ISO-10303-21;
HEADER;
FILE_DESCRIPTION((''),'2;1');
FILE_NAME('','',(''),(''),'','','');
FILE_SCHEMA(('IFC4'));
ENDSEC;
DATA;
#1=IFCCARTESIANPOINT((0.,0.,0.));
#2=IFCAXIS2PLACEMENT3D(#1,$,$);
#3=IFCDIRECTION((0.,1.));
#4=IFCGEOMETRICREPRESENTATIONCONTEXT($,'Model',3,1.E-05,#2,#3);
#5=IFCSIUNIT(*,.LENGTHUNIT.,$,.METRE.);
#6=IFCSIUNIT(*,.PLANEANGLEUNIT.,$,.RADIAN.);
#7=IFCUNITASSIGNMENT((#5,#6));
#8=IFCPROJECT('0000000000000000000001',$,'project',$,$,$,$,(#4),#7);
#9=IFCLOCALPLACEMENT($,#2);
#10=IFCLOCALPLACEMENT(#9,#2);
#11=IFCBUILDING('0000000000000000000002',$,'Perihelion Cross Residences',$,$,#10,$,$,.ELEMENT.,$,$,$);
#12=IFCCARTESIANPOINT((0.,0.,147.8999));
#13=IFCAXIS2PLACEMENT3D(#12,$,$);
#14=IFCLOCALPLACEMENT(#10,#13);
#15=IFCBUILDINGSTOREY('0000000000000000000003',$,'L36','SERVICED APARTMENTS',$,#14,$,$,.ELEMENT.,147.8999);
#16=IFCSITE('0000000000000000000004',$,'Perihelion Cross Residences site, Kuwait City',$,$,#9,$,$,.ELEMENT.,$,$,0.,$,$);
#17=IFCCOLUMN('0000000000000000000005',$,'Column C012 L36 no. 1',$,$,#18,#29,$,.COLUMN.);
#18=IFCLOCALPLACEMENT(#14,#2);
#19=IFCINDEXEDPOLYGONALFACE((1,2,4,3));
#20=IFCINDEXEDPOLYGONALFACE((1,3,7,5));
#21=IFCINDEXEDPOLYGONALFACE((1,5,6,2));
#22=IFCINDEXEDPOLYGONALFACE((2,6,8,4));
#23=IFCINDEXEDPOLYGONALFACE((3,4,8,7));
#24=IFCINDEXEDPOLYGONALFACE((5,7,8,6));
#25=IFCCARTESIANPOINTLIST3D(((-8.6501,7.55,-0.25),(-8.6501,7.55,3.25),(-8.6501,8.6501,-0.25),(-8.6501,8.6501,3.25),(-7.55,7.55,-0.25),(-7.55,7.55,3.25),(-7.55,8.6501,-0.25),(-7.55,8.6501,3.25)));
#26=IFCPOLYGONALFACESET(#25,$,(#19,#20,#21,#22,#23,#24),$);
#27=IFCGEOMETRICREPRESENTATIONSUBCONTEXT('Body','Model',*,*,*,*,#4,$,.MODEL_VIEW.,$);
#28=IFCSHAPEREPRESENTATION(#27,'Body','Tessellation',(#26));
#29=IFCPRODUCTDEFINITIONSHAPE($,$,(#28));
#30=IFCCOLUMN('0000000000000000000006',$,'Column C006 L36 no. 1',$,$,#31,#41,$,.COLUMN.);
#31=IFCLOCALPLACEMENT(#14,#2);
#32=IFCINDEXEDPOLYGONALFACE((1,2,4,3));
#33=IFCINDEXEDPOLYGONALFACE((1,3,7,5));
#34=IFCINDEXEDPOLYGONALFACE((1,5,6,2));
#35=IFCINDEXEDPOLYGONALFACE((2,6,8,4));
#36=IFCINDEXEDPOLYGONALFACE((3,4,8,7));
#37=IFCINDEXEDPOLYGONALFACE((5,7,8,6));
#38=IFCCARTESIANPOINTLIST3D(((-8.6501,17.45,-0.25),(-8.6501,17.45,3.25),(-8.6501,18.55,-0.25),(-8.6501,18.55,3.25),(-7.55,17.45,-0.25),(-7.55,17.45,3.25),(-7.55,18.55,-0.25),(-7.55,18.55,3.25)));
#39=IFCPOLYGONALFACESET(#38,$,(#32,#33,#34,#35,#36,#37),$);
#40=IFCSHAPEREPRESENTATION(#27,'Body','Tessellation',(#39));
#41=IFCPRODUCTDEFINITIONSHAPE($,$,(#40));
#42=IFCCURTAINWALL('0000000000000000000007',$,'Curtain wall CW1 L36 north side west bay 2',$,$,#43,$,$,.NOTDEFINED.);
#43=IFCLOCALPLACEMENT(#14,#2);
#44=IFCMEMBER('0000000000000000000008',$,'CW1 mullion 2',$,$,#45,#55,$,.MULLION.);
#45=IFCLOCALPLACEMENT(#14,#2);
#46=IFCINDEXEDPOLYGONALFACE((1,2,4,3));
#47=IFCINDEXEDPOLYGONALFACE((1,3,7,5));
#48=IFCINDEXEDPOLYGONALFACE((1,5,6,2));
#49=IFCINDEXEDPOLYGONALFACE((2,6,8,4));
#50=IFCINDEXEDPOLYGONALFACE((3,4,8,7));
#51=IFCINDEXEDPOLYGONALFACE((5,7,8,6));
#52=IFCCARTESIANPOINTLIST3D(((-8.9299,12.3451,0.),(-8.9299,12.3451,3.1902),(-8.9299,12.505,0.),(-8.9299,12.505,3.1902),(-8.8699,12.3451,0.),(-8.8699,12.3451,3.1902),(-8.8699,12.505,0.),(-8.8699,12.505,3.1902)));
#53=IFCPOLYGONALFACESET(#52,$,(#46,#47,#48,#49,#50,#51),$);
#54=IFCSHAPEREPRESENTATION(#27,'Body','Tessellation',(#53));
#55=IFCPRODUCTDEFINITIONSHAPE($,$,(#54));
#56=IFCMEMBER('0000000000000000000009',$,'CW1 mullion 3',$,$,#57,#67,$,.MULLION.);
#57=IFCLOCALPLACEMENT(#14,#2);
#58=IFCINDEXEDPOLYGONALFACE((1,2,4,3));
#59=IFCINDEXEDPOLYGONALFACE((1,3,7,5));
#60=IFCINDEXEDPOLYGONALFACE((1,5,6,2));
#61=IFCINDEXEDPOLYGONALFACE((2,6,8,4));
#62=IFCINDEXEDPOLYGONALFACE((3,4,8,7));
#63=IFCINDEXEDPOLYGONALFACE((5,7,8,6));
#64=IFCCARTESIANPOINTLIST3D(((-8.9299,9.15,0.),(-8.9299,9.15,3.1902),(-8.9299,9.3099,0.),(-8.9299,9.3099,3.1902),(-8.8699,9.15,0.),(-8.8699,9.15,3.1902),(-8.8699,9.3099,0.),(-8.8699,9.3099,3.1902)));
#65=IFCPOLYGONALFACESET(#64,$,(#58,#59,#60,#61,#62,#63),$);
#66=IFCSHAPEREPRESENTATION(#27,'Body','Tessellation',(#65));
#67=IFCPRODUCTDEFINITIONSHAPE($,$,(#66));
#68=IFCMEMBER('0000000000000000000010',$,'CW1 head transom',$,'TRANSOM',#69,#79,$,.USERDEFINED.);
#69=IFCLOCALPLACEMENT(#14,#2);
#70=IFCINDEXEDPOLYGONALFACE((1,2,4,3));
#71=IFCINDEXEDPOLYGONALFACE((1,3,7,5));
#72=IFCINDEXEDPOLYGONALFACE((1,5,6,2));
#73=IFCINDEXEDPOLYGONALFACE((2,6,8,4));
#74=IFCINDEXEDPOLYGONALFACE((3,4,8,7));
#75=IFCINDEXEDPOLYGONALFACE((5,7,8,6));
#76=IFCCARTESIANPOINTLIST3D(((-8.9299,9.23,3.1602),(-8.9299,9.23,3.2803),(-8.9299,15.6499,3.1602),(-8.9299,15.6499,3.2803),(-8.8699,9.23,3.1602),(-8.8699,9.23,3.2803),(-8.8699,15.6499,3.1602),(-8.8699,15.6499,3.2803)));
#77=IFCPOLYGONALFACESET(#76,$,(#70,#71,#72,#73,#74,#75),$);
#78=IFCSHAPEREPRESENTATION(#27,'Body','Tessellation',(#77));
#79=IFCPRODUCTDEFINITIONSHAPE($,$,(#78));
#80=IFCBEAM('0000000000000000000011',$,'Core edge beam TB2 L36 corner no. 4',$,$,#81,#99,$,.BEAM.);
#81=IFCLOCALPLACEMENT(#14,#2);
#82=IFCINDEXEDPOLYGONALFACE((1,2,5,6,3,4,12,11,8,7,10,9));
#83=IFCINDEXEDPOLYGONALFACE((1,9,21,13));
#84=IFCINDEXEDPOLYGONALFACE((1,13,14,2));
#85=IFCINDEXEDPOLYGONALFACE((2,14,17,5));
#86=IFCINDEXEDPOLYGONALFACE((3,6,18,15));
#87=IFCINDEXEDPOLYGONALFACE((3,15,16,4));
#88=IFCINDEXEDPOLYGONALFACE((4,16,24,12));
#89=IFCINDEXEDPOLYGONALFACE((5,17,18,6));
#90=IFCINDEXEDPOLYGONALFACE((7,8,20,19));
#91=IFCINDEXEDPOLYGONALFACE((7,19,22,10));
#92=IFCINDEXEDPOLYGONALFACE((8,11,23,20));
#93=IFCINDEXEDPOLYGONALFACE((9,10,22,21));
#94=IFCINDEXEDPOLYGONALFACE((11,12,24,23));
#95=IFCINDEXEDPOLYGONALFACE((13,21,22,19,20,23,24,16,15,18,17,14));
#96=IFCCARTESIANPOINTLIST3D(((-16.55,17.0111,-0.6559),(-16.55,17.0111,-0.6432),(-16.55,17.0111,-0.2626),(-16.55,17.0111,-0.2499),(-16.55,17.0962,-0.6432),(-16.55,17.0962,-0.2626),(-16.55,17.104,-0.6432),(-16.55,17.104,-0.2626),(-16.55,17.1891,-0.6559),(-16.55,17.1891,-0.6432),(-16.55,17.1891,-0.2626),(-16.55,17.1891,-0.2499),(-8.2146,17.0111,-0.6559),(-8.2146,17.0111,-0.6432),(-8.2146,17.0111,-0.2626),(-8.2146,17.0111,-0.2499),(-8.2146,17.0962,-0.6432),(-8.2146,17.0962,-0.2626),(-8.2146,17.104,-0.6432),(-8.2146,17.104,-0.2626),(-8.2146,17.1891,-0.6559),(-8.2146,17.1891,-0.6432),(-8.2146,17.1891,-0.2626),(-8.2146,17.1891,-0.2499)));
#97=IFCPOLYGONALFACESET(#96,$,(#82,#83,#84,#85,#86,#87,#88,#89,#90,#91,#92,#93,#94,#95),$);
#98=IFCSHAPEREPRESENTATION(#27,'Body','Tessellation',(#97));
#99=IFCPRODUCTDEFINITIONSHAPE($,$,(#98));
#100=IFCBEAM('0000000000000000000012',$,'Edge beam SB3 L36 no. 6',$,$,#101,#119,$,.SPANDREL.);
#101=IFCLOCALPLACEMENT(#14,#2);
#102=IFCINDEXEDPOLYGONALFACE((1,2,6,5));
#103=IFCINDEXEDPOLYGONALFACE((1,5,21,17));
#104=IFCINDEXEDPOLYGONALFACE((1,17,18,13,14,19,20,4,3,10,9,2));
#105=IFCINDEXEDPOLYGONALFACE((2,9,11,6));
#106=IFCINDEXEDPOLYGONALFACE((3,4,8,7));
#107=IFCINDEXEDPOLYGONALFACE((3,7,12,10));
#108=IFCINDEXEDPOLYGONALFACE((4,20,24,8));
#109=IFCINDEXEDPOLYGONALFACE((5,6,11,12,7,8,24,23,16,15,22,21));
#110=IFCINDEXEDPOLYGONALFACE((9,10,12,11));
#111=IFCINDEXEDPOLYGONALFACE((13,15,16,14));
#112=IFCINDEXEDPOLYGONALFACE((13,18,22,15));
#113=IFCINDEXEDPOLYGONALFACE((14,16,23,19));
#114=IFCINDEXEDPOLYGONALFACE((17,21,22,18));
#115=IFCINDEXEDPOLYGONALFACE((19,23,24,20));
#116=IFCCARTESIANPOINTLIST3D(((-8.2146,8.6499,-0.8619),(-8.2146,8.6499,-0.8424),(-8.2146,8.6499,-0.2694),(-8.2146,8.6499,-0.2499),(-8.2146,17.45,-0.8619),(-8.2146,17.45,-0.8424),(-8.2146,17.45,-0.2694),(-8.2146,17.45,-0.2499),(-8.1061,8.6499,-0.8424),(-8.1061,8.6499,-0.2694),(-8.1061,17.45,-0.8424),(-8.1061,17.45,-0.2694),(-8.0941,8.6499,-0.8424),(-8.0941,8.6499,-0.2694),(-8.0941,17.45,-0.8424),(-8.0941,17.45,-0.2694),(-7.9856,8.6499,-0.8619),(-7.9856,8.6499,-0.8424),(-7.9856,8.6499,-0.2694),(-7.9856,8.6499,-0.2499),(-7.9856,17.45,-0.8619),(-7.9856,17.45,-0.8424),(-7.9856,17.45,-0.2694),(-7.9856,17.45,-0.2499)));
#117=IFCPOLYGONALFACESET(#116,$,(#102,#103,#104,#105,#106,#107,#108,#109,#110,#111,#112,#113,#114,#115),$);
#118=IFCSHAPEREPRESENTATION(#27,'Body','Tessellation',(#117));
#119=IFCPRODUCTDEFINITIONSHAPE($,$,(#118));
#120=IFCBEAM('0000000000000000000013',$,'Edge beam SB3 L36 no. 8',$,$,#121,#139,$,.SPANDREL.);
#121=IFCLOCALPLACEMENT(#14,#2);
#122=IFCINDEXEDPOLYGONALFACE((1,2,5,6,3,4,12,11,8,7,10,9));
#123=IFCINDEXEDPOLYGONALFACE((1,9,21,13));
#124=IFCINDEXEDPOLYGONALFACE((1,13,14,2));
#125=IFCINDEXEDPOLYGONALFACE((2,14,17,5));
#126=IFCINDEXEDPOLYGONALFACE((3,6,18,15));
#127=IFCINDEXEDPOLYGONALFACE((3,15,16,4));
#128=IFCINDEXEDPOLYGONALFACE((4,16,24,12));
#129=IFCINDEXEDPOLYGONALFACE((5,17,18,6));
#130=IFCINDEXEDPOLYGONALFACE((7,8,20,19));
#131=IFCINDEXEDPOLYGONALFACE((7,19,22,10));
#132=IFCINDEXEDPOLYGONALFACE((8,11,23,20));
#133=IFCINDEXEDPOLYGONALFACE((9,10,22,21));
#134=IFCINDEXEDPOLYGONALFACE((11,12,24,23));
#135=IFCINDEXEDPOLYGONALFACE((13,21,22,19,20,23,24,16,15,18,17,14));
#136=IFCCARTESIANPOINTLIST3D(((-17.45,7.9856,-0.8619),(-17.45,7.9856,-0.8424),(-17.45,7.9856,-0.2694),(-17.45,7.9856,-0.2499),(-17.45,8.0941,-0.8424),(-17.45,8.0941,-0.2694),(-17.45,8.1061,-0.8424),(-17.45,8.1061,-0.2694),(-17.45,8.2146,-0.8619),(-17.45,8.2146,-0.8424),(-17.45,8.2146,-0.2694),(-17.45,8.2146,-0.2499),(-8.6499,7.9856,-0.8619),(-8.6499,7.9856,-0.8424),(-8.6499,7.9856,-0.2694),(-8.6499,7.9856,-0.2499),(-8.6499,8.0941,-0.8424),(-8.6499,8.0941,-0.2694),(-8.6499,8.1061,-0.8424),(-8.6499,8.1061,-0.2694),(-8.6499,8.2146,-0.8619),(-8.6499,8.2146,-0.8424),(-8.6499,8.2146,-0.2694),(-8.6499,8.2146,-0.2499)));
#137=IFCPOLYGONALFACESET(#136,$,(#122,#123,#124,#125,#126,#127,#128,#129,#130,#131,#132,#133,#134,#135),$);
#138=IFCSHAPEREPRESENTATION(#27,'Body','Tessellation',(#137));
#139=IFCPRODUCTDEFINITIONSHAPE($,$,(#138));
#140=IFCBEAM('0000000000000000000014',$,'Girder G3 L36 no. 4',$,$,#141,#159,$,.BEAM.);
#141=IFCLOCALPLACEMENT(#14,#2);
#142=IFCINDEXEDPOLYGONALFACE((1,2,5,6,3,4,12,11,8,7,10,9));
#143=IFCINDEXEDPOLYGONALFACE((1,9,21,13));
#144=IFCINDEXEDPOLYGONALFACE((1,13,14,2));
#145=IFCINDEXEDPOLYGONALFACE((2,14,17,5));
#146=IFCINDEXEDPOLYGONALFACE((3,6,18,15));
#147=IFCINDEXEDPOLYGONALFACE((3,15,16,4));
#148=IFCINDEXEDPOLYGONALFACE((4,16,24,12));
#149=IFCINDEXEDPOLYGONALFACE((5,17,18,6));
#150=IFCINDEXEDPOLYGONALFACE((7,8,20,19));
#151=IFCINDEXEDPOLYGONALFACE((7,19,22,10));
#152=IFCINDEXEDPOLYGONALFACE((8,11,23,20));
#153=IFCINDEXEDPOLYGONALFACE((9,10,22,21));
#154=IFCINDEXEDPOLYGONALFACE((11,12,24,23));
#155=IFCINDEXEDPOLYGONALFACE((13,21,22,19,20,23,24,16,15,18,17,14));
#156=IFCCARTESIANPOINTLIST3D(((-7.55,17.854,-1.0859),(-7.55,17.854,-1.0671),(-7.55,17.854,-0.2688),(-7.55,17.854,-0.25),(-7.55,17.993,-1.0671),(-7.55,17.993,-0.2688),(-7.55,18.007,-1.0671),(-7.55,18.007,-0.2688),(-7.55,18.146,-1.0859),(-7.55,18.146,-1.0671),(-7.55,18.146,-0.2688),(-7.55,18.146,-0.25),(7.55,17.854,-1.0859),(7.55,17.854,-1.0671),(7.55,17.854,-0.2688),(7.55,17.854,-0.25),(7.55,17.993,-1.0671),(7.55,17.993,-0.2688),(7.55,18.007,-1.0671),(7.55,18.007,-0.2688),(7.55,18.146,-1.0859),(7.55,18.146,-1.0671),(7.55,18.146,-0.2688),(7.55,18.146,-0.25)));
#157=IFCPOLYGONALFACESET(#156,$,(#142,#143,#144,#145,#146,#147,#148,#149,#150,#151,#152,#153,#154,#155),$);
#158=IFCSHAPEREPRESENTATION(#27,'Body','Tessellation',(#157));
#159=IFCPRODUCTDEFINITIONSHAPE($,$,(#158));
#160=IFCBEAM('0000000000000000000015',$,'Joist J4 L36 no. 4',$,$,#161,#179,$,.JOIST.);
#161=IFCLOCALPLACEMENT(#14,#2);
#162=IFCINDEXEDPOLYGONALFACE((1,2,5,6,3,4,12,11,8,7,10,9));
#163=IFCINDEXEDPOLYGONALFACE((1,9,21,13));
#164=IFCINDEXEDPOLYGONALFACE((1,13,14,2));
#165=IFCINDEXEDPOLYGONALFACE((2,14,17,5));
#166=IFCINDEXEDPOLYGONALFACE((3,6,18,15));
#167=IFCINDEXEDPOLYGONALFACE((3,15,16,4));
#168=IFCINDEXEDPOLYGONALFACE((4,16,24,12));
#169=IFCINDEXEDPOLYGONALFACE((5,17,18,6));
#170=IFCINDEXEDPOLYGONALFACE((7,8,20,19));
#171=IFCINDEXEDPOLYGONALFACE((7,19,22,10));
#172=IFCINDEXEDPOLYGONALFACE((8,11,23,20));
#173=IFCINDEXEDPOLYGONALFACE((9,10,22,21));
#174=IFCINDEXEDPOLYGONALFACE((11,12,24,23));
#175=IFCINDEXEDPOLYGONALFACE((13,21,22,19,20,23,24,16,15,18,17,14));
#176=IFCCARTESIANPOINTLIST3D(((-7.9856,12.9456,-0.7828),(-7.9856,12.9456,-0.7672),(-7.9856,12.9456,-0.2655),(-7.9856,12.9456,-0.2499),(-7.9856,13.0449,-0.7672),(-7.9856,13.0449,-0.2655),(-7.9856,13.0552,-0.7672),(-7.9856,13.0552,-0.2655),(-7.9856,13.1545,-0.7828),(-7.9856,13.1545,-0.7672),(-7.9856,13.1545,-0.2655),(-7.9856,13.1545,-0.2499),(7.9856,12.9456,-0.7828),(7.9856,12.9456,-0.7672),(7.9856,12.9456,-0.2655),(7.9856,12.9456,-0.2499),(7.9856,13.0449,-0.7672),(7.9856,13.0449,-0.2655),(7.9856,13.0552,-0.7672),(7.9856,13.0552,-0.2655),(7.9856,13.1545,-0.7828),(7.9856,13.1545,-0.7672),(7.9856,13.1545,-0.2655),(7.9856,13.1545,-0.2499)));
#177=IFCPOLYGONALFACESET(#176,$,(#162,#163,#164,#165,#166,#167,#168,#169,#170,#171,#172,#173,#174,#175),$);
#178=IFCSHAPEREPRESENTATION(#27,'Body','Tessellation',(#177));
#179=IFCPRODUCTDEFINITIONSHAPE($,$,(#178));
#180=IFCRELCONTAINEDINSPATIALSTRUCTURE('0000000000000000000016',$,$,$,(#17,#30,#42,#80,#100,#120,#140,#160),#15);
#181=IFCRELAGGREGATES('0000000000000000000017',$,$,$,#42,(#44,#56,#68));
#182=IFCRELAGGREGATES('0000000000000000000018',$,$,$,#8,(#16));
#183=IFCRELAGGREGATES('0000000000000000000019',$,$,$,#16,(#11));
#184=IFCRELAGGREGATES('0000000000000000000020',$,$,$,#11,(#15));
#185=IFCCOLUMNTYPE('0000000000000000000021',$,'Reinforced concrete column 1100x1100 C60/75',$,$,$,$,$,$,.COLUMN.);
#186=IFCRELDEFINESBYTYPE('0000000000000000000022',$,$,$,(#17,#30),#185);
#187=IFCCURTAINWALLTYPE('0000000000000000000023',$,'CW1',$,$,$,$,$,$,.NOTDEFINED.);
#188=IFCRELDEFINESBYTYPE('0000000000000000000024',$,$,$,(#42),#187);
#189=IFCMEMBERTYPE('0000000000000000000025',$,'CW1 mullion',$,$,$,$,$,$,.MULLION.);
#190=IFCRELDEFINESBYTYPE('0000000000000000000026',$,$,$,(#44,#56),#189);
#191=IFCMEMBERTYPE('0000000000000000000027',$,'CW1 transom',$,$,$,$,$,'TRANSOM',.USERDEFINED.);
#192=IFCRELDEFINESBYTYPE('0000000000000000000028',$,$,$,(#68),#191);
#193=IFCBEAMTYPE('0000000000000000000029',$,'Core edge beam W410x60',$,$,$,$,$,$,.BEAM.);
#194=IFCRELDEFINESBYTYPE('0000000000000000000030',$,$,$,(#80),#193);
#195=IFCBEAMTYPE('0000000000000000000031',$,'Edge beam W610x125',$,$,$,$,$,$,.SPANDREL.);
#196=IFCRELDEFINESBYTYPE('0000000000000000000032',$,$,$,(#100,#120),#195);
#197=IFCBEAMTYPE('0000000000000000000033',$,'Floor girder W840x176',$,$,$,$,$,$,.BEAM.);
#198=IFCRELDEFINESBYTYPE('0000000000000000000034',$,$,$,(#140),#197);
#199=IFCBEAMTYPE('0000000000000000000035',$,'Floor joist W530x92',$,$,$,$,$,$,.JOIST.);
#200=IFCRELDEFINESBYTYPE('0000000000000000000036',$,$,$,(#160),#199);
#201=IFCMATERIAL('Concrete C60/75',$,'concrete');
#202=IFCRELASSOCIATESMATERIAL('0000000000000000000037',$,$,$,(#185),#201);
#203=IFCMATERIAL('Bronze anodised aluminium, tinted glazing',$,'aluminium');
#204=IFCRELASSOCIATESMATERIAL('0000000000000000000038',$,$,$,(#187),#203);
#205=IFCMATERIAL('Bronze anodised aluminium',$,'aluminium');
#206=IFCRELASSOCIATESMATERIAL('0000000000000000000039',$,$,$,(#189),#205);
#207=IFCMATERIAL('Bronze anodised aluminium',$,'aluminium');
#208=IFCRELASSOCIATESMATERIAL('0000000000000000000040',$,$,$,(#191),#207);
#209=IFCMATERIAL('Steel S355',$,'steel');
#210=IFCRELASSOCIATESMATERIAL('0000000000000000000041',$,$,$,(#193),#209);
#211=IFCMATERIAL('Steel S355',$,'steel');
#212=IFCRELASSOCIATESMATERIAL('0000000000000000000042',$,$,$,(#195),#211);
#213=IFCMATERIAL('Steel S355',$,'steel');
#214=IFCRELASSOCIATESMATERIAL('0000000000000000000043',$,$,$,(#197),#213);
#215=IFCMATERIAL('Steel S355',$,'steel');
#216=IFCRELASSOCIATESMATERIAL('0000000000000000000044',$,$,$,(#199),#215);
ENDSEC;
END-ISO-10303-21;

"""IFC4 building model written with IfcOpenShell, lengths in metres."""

from ifc_helpers import new_model, si_unit, direction, frame, origin, origin_2d, place, context, subcontext, project, spatial, rectangle, i_section, extrude, material, material_profile, profile_set, type_object, element, aggregate, save


model = new_model("IFC4")

# Units and contexts
model_context = context("Model", 3, precision=1e-05, world=origin(), true_north=direction((0.0, 1.0)))
body_context = subcontext(model_context, "Body", "Model", "MODEL_VIEW")
ifc_project = project(units=[si_unit("LENGTHUNIT", "METRE"), si_unit("PLANEANGLEUNIT", "RADIAN")], contexts=[model_context])

# Site, building, storey
site_placement = place(None, origin())
site = spatial("IfcSite", under=ifc_project, at=site_placement, Name="Perihelion Cross Residences site, Kuwait City", CompositionType="ELEMENT", RefElevation=0.0)
building_placement = place(site_placement, origin())
building = spatial("IfcBuilding", under=site, at=building_placement, Name="Perihelion Cross Residences", CompositionType="ELEMENT")
storey_placement = place(building_placement, frame((0.0, 0.0, 147.8999)))
storey = spatial("IfcBuildingStorey", under=building, at=storey_placement, Name="L36", Description="SERVICED APARTMENTS", CompositionType="ELEMENT", Elevation=147.8999)

# Columns
ifc_material_1 = material(Name="Concrete C60/75", Category="concrete")
ifc_material_profile_1 = material_profile(ifc_material_1, rectangle(XDim=1.1001, YDim=1.1001, at=origin_2d()), Name="RC 1100x1100")
ifc_profile_set_1 = profile_set([ifc_material_profile_1], Name="Concrete C60/75")
column_type = type_object("IfcColumnType", Name="Reinforced concrete column 1100x1100 C60/75", PredefinedType="COLUMN", material=ifc_profile_set_1)
for number, where, z_axis, x_axis, name in (
    (1, (-8.1001, 8.1001, -0.25), (0.0, 0.0, 1.0), (1.0, 0.0, 0.0), "Column C012 L36 no. 1"),
    (2, (-8.1001, 18.0, -0.25), (0.0, 0.0, 1.0), (1.0, 0.0, 0.0), "Column C006 L36 no. 1"),
):
    element("IfcColumn", number, at=place(storey_placement, frame(where, z_axis=z_axis, x_axis=x_axis)), inside=storey, type_object=column_type, Name=name, PredefinedType="COLUMN", context=body_context, shape_type="SweptSolid", body=[
        extrude(rectangle(XDim=1.1001, YDim=1.1001, at=origin_2d()), origin(), (0.0, 0.0, 1.0), 3.5),
    ])

# Curtain wall, members
ifc_material_2 = material(Name="Bronze anodised aluminium, tinted glazing", Category="aluminium")
curtain_wall_type = type_object("IfcCurtainWallType", Name="CW1", PredefinedType="NOTDEFINED", material=ifc_material_2)
curtain_wall_placement = place(storey_placement, origin())
curtain_wall = element("IfcCurtainWall", 3, at=curtain_wall_placement, inside=storey, type_object=curtain_wall_type, Name="Curtain wall CW1 L36 north side west bay 2", PredefinedType="NOTDEFINED")
ifc_material_3 = material(Name="Bronze anodised aluminium", Category="aluminium")
ifc_material_profile_2 = material_profile(ifc_material_3, rectangle(XDim=0.0601, YDim=0.1599, at=origin_2d()), Name="CW1 mullion")
ifc_profile_set_2 = profile_set([ifc_material_profile_2], Name="Bronze anodised aluminium")
member_type_1 = type_object("IfcMemberType", Name="CW1 mullion", PredefinedType="MULLION", material=ifc_profile_set_2)
member_1_placement = place(storey_placement, frame((-8.8999, 12.425, 0.0), z_axis=(0.0, 0.0, 1.0), x_axis=(1.0, 0.0, 0.0)))
member_1 = element("IfcMember", 4, at=member_1_placement, type_object=member_type_1, Name="CW1 mullion 2", PredefinedType="MULLION", context=body_context, shape_type="SweptSolid", body=[
    extrude(rectangle(XDim=0.0601, YDim=0.1599, at=origin_2d()), origin(), (0.0, 0.0, 1.0), 3.1902),
])
member_2_placement = place(storey_placement, frame((-8.8999, 9.23, 0.0), z_axis=(0.0, 0.0, 1.0), x_axis=(1.0, 0.0, 0.0)))
member_2 = element("IfcMember", 5, at=member_2_placement, type_object=member_type_1, Name="CW1 mullion 3", PredefinedType="MULLION", context=body_context, shape_type="SweptSolid", body=[
    extrude(rectangle(XDim=0.0601, YDim=0.1599, at=origin_2d()), origin(), (0.0, 0.0, 1.0), 3.1902),
])
ifc_material_4 = material(Name="Bronze anodised aluminium", Category="aluminium")
ifc_material_profile_3 = material_profile(ifc_material_4, rectangle(XDim=0.0601, YDim=0.1201, at=origin_2d()), Name="CW1 transom")
ifc_profile_set_3 = profile_set([ifc_material_profile_3], Name="Bronze anodised aluminium")
member_type_2 = type_object("IfcMemberType", Name="CW1 transom", ElementType="TRANSOM", PredefinedType="USERDEFINED", material=ifc_profile_set_3)
member_3_placement = place(storey_placement, frame((-8.8999, 15.6499, 3.2202), z_axis=(0.0, -1.0, 0.0), x_axis=(1.0, 0.0, 0.0)))
member_3 = element("IfcMember", 6, at=member_3_placement, type_object=member_type_2, Name="CW1 head transom", ObjectType="TRANSOM", PredefinedType="USERDEFINED", context=body_context, shape_type="SweptSolid", body=[
    extrude(rectangle(XDim=0.0601, YDim=0.1201, at=origin_2d()), origin(), (0.0, 0.0, 1.0), 6.4199),
])

# Beams
ifc_material_5 = material(Name="Steel S355", Category="steel")
ifc_material_profile_4 = material_profile(ifc_material_5, i_section(OverallWidth=0.178, OverallDepth=0.406, WebThickness=0.0078, FlangeThickness=0.0127, at=origin_2d()), Name="W410x60")
ifc_profile_set_4 = profile_set([ifc_material_profile_4], Name="Steel S355")
beam_type_1 = type_object("IfcBeamType", Name="Core edge beam W410x60", PredefinedType="BEAM", material=ifc_profile_set_4)
beam_1_placement = place(storey_placement, frame((-8.2146, 17.1001, -0.4529), z_axis=(-1.0, 0.0, 0.0), x_axis=(0.0, -1.0, 0.0)))
element("IfcBeam", 7, at=beam_1_placement, inside=storey, type_object=beam_type_1, Name="Core edge beam TB2 L36 corner no. 4", PredefinedType="BEAM", context=body_context, shape_type="SweptSolid", body=[
    extrude(i_section(OverallWidth=0.178, OverallDepth=0.406, WebThickness=0.0078, FlangeThickness=0.0127, at=origin_2d()), origin(), (0.0, 0.0, 1.0), 8.3354),
])
ifc_material_6 = material(Name="Steel S355", Category="steel")
ifc_material_profile_5 = material_profile(ifc_material_6, i_section(OverallWidth=0.229, OverallDepth=0.6121, WebThickness=0.012, FlangeThickness=0.0195, at=origin_2d()), Name="W610x125")
ifc_profile_set_5 = profile_set([ifc_material_profile_5], Name="Steel S355")
beam_type_2 = type_object("IfcBeamType", Name="Edge beam W610x125", PredefinedType="SPANDREL", material=ifc_profile_set_5)
for number, where, z_axis, x_axis, name in (
    (8, (-8.1001, 17.45, -0.5559), (0.0, -1.0, 0.0), (1.0, 0.0, 0.0), "Edge beam SB3 L36 no. 6"),
    (9, (-8.6499, 8.1001, -0.5559), (-1.0, 0.0, 0.0), (0.0, -1.0, 0.0), "Edge beam SB3 L36 no. 8"),
):
    element("IfcBeam", number, at=place(storey_placement, frame(where, z_axis=z_axis, x_axis=x_axis)), inside=storey, type_object=beam_type_2, Name=name, PredefinedType="SPANDREL", context=body_context, shape_type="SweptSolid", body=[
        extrude(i_section(OverallWidth=0.229, OverallDepth=0.6121, WebThickness=0.012, FlangeThickness=0.0195, at=origin_2d()), origin(), (0.0, 0.0, 1.0), 8.8),
    ])
ifc_material_7 = material(Name="Steel S355", Category="steel")
ifc_material_profile_6 = material_profile(ifc_material_7, i_section(OverallWidth=0.292, OverallDepth=0.8359, WebThickness=0.0139, FlangeThickness=0.0188, at=origin_2d()), Name="W840x176")
ifc_profile_set_6 = profile_set([ifc_material_profile_6], Name="Steel S355")
beam_type_3 = type_object("IfcBeamType", Name="Floor girder W840x176", PredefinedType="BEAM", material=ifc_profile_set_6)
beam_2_placement = place(storey_placement, frame((-7.55, 18.0, -0.668), z_axis=(1.0, 0.0, 0.0), x_axis=(0.0, 1.0, 0.0)))
element("IfcBeam", 10, at=beam_2_placement, inside=storey, type_object=beam_type_3, Name="Girder G3 L36 no. 4", PredefinedType="BEAM", context=body_context, shape_type="SweptSolid", body=[
    extrude(i_section(OverallWidth=0.292, OverallDepth=0.8359, WebThickness=0.0139, FlangeThickness=0.0188, at=origin_2d()), origin(), (0.0, 0.0, 1.0), 15.1001),
])
ifc_material_8 = material(Name="Steel S355", Category="steel")
ifc_material_profile_7 = material_profile(ifc_material_8, i_section(OverallWidth=0.209, OverallDepth=0.533, WebThickness=0.0103, FlangeThickness=0.0156, at=origin_2d()), Name="W530x92")
ifc_profile_set_7 = profile_set([ifc_material_profile_7], Name="Steel S355")
beam_type_4 = type_object("IfcBeamType", Name="Floor joist W530x92", PredefinedType="JOIST", material=ifc_profile_set_7)
beam_3_placement = place(storey_placement, frame((-7.9856, 13.05, -0.5164), z_axis=(1.0, 0.0, 0.0), x_axis=(0.0, 1.0, 0.0)))
element("IfcBeam", 11, at=beam_3_placement, inside=storey, type_object=beam_type_4, Name="Joist J4 L36 no. 4", PredefinedType="JOIST", context=body_context, shape_type="SweptSolid", body=[
    extrude(i_section(OverallWidth=0.209, OverallDepth=0.533, WebThickness=0.0103, FlangeThickness=0.0156, at=origin_2d()), origin(), (0.0, 0.0, 1.0), 15.9712),
])

aggregate(curtain_wall, [member_1, member_2, member_3])

save(model, "model.ifc")
